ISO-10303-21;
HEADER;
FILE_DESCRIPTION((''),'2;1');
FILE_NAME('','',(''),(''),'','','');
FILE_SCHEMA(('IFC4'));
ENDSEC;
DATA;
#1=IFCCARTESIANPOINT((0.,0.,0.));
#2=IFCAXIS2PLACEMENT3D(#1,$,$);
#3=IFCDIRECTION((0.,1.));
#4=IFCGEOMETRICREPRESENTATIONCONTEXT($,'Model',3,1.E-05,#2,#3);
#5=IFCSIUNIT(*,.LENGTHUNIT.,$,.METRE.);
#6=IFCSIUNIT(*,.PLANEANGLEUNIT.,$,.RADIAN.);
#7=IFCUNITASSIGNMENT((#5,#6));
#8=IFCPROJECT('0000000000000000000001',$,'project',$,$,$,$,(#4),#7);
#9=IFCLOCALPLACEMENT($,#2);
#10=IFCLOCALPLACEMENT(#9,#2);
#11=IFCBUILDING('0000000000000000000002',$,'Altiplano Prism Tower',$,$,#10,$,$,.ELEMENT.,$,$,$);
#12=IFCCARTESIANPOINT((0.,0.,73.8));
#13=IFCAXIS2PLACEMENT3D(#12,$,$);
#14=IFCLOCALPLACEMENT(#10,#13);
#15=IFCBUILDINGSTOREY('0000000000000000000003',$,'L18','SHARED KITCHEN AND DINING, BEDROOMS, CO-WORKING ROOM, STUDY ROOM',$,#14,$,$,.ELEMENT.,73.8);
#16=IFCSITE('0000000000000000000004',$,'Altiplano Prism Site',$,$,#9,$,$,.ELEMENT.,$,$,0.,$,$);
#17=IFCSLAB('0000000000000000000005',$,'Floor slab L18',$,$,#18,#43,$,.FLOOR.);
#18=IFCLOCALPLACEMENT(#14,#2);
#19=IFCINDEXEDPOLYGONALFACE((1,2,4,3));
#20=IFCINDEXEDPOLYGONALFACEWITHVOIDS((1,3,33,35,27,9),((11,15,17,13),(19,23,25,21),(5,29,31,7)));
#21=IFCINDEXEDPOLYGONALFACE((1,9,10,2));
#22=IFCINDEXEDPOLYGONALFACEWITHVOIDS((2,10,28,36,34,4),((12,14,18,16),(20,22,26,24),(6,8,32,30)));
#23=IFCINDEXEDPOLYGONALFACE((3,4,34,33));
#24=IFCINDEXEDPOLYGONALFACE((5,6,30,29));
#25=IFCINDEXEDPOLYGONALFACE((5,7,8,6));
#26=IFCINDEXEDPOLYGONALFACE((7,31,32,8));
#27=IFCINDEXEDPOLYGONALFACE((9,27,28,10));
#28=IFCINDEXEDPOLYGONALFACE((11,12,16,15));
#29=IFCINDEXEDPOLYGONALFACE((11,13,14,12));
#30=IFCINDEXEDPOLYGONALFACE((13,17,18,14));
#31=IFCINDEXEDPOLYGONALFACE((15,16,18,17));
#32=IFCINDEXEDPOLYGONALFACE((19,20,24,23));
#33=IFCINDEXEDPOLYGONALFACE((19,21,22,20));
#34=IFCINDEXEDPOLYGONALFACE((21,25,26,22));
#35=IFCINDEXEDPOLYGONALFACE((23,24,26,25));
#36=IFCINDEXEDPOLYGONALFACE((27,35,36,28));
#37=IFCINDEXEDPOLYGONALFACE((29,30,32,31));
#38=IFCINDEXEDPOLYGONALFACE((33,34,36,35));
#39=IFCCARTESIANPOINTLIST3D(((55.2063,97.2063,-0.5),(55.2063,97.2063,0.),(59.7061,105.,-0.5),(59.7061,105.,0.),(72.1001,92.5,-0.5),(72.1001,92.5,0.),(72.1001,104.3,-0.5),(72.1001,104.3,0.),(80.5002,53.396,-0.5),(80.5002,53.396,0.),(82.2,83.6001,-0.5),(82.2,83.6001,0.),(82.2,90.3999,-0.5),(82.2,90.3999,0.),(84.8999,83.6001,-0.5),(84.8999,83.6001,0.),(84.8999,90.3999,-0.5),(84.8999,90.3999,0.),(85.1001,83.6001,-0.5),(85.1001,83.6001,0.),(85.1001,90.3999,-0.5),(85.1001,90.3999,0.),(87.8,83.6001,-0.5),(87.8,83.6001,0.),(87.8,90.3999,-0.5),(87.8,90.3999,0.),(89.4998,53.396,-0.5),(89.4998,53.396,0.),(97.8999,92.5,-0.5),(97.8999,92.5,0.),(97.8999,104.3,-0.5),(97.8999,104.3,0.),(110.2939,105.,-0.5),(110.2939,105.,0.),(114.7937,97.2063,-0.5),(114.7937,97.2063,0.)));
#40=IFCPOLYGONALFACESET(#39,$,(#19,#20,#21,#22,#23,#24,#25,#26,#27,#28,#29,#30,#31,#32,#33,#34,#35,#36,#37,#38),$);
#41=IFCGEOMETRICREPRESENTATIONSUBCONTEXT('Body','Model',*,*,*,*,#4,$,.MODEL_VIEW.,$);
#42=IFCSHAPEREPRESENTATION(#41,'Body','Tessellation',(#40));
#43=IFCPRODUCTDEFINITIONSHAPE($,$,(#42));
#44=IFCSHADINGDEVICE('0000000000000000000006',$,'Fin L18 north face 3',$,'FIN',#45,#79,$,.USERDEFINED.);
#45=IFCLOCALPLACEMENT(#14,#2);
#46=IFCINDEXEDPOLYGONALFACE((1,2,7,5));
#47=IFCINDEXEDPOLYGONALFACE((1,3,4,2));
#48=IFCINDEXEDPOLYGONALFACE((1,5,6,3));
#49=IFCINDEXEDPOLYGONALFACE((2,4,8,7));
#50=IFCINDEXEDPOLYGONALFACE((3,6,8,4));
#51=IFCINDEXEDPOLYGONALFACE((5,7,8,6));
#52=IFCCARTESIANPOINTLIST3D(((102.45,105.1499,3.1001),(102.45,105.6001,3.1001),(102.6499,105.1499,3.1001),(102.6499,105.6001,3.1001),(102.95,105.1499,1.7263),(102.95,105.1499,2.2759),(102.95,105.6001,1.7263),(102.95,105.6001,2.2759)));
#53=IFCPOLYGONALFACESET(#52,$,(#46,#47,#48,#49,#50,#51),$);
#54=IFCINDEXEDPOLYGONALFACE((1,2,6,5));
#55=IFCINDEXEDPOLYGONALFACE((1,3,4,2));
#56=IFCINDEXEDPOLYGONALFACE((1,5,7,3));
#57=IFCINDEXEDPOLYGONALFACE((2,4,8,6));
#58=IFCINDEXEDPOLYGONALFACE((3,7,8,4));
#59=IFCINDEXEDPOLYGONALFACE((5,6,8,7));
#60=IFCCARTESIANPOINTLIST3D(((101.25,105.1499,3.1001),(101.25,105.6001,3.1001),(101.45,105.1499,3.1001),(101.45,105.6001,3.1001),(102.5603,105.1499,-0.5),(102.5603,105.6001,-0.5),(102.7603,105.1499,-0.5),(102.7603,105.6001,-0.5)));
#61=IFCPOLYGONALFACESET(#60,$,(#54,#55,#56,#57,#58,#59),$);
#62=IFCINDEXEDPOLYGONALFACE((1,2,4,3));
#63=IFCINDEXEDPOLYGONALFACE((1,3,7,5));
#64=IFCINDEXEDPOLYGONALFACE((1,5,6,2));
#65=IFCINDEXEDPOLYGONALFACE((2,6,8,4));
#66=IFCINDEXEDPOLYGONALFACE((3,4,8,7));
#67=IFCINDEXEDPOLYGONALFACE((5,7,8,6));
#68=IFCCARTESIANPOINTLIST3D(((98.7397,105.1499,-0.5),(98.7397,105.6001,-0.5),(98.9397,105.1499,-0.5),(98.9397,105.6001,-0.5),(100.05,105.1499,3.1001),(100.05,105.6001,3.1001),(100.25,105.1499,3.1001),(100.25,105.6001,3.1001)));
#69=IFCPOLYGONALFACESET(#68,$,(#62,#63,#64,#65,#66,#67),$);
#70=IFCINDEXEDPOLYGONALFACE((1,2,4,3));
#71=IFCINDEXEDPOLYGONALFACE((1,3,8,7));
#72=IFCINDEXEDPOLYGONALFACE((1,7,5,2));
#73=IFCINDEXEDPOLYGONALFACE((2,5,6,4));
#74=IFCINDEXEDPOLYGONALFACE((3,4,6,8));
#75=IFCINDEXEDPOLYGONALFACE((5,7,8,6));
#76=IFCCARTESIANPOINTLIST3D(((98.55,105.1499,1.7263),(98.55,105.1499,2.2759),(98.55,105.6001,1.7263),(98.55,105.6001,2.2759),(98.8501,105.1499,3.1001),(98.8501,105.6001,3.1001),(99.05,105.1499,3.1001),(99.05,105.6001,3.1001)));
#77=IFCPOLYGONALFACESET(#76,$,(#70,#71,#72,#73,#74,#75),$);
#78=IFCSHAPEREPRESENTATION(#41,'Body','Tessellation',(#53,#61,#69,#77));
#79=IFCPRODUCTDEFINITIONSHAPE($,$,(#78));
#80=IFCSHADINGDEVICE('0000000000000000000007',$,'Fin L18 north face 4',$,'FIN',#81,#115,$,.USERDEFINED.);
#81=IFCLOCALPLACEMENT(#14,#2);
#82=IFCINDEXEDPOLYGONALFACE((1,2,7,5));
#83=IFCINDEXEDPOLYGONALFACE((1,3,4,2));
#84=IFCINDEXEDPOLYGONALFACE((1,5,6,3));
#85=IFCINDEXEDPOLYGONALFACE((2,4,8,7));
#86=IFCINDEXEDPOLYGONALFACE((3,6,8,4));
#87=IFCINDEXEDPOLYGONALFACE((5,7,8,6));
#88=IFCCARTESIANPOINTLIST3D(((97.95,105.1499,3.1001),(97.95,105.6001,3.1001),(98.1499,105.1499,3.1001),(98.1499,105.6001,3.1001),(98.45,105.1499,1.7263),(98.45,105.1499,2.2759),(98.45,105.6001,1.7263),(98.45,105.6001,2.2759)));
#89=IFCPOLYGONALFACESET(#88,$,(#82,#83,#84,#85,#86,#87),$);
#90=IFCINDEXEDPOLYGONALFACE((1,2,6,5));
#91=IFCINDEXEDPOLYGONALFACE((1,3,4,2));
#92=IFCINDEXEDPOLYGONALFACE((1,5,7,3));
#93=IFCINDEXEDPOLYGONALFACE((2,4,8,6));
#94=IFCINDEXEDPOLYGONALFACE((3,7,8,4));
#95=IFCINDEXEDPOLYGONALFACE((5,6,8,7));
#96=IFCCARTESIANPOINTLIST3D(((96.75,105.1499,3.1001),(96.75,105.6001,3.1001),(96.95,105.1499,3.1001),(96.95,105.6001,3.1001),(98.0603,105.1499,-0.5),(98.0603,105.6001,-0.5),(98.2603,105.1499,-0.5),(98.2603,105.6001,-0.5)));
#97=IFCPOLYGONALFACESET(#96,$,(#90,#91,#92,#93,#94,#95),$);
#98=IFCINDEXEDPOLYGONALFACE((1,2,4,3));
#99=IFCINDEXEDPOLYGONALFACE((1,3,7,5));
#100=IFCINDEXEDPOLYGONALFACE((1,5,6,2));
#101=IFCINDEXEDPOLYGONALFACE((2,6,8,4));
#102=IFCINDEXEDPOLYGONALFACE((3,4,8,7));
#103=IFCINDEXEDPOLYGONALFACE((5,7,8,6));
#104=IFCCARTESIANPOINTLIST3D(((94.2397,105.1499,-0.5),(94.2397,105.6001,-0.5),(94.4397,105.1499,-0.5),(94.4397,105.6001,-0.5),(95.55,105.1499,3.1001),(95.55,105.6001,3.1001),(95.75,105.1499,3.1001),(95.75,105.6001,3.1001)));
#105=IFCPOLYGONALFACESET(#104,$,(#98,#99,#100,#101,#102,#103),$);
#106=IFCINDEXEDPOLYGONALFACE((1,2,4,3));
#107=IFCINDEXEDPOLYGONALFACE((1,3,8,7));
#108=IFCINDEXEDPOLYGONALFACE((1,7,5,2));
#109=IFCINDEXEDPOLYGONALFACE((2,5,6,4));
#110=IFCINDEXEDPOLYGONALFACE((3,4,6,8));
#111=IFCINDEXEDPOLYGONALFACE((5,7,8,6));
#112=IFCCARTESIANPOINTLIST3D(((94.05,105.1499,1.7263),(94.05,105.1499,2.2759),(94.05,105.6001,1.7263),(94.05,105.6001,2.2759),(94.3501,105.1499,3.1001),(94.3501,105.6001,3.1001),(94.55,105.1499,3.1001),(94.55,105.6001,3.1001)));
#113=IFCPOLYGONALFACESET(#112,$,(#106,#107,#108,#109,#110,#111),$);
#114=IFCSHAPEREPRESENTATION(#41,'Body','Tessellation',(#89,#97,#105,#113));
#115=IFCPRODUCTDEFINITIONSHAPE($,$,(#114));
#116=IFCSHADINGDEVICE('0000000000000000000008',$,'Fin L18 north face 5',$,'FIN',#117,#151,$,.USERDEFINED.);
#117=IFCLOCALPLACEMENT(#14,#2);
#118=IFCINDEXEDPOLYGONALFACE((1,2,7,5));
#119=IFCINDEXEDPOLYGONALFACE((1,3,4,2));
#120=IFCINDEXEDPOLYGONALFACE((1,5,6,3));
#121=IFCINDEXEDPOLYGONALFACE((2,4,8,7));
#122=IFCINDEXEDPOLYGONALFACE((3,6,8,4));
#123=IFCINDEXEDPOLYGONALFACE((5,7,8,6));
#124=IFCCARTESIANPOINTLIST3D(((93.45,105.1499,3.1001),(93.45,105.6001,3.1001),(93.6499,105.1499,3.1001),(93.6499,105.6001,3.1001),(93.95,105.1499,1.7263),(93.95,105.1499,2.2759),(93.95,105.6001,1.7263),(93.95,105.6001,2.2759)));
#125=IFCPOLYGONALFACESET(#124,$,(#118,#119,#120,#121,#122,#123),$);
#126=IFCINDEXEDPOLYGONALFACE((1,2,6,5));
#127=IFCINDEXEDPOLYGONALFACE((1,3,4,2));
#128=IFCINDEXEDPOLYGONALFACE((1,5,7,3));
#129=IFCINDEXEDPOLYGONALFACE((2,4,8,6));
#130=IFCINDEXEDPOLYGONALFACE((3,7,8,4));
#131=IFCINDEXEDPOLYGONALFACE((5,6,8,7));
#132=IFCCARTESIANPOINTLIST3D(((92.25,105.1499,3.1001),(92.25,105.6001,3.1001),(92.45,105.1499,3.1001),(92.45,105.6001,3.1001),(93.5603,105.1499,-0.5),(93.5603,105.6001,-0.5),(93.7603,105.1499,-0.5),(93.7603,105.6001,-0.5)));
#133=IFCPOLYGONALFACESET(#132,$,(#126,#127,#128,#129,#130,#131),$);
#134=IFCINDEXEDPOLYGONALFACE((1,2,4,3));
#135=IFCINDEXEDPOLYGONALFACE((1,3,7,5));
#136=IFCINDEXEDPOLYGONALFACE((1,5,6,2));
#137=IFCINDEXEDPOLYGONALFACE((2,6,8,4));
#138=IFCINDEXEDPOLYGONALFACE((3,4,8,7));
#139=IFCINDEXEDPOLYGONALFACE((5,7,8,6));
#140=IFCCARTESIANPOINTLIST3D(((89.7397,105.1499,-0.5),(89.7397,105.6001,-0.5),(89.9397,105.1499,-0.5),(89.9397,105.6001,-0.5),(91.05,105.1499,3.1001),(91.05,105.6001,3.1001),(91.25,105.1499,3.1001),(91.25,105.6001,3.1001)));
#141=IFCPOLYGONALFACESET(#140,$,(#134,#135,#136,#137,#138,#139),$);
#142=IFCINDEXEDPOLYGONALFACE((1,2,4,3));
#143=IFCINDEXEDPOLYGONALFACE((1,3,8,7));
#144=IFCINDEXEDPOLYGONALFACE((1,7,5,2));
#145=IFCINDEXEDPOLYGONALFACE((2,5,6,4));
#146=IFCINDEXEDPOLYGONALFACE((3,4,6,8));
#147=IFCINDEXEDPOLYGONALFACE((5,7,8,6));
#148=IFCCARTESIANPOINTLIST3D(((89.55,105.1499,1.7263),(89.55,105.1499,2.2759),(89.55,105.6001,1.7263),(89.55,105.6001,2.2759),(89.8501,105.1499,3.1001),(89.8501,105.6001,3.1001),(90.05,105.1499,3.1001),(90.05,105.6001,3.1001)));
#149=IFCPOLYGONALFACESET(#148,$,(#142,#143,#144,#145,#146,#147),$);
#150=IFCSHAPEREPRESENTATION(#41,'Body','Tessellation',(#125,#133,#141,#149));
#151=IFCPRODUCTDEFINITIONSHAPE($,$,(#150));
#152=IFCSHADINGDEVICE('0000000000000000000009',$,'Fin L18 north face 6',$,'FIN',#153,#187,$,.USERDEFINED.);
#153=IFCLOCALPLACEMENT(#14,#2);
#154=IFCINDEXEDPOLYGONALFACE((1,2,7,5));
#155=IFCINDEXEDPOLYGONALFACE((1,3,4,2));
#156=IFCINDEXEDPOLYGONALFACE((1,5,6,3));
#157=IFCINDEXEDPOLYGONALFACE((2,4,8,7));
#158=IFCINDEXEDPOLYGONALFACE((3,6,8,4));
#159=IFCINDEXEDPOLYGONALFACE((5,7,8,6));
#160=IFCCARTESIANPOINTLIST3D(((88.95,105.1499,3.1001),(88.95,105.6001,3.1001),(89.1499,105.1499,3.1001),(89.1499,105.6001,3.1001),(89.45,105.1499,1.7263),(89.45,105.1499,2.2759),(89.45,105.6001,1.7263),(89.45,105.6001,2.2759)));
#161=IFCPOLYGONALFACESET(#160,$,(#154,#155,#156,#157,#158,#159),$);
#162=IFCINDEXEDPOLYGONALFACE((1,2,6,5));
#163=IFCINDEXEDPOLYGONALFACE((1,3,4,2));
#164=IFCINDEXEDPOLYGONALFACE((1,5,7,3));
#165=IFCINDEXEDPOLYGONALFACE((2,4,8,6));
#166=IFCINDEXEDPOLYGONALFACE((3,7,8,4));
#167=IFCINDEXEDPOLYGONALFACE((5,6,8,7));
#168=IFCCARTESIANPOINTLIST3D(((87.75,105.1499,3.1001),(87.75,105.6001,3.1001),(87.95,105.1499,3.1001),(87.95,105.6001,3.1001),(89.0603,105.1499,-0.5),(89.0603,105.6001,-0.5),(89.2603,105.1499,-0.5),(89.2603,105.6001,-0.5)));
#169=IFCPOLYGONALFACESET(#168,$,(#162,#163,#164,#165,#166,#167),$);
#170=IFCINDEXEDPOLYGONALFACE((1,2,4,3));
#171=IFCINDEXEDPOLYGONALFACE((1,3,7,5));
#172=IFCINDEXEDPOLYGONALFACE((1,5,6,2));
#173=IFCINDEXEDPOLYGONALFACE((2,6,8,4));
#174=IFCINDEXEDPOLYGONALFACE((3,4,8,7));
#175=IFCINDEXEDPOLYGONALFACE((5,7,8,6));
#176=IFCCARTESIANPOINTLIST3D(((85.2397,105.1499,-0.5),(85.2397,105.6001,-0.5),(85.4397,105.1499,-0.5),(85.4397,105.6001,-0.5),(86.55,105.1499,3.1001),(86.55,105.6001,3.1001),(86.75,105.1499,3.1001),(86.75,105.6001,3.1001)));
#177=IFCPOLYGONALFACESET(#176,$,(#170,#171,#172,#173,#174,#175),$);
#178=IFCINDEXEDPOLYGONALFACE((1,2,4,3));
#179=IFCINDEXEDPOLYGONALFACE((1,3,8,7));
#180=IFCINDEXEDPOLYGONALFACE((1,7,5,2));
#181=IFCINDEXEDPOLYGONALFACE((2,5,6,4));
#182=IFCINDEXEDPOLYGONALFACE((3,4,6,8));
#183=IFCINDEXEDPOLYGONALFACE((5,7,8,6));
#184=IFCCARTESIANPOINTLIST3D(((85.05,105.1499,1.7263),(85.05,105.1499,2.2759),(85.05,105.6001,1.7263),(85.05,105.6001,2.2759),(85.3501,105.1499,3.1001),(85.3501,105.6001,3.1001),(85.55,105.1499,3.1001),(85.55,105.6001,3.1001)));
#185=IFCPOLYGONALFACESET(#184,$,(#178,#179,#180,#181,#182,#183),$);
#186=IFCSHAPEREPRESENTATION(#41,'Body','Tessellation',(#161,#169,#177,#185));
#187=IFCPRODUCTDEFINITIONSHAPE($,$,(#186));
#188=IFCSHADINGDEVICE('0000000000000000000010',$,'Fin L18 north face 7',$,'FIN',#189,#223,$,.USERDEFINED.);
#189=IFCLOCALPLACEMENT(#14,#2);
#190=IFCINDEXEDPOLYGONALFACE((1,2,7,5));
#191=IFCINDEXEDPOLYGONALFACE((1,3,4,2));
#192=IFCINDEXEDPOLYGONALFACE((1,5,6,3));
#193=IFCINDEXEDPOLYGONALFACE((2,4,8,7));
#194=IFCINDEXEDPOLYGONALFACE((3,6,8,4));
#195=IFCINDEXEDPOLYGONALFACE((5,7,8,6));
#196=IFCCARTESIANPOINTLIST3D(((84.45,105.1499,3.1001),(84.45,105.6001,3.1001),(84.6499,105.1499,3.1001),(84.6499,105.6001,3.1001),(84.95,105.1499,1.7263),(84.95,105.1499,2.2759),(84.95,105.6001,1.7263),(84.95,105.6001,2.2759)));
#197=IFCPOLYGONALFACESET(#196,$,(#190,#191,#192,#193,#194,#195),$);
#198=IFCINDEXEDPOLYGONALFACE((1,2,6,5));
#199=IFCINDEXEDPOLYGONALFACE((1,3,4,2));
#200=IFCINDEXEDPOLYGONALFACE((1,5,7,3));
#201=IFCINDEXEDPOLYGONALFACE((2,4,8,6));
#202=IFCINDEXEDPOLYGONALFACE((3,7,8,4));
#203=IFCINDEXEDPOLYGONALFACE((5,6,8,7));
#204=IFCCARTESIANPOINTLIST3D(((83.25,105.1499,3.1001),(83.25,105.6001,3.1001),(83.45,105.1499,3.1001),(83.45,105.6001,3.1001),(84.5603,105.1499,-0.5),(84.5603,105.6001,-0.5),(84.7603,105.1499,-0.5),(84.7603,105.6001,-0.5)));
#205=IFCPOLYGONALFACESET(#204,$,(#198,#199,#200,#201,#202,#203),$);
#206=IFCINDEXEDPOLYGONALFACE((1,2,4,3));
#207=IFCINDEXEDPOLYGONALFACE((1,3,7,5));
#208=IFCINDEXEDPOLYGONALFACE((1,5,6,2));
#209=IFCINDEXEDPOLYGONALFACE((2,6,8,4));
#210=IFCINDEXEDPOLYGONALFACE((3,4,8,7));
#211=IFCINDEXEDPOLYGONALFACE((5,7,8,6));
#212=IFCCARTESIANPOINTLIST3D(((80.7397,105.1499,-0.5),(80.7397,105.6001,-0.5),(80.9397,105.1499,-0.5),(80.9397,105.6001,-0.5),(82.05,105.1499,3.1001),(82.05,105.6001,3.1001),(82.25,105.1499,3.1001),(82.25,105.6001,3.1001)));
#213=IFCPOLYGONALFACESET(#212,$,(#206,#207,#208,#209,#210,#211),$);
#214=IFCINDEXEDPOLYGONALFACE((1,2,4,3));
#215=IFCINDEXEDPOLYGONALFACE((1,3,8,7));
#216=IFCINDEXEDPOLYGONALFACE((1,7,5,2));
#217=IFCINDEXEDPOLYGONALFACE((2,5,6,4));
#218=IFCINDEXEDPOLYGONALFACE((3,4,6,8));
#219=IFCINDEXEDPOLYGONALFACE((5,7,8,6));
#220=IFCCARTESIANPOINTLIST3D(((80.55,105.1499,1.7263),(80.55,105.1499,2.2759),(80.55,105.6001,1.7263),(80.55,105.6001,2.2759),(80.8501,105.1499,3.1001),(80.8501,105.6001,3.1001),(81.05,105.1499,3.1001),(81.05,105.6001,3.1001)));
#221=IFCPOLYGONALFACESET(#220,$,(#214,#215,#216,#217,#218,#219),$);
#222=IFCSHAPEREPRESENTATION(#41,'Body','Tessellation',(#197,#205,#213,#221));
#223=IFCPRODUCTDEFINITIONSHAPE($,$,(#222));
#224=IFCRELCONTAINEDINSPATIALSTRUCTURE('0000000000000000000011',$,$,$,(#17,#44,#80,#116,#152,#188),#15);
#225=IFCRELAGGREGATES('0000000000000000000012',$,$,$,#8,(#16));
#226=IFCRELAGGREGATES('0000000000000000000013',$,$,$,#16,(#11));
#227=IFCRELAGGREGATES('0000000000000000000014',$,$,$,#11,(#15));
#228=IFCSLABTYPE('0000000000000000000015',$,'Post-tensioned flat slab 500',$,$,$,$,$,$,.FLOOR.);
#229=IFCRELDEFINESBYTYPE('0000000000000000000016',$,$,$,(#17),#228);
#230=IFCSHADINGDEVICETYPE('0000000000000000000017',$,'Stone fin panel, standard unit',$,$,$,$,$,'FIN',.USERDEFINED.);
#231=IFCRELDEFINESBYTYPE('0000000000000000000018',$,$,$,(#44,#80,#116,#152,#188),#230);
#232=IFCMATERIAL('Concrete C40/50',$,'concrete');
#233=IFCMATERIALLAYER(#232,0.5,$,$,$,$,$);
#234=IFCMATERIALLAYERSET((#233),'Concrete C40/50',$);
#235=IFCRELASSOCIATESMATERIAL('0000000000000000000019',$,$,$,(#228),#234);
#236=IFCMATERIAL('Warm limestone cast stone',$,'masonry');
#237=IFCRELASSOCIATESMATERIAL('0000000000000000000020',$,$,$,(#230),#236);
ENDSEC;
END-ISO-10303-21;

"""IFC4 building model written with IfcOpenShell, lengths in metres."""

from ifc_helpers import new_model, si_unit, direction, frame, origin, place, context, subcontext, project, spatial, polyline, outline, extrude, source, transform, mapped, material, layer, layer_set, type_object, element, save


model = new_model("IFC4")

# Units and contexts
model_context = context("Model", 3, precision=1e-05, world=origin(), true_north=direction((0.0, 1.0)))
body_context = subcontext(model_context, "Body", "Model", "MODEL_VIEW")
ifc_project = project(units=[si_unit("LENGTHUNIT", "METRE"), si_unit("PLANEANGLEUNIT", "RADIAN")], contexts=[model_context])

# Site, building, storey
site_placement = place(None, origin())
site = spatial("IfcSite", under=ifc_project, at=site_placement, Name="Altiplano Prism Site", CompositionType="ELEMENT", RefElevation=0.0)
building_placement = place(site_placement, origin())
building = spatial("IfcBuilding", under=site, at=building_placement, Name="Altiplano Prism Tower", CompositionType="ELEMENT")
storey_placement = place(building_placement, frame((0.0, 0.0, 73.8)))
storey = spatial("IfcBuildingStorey", under=building, at=storey_placement, Name="L18", Description="SHARED KITCHEN AND DINING, BEDROOMS, CO-WORKING ROOM, STUDY ROOM", CompositionType="ELEMENT", Elevation=73.8)

# Slab
ifc_material_1 = material(Name="Concrete C40/50", Category="concrete")
ifc_layer = layer(ifc_material_1, 0.5)
ifc_layer_set = layer_set([ifc_layer], Name="Concrete C40/50")
slab_type = type_object("IfcSlabType", Name="Post-tensioned flat slab 500", PredefinedType="FLOOR", material=ifc_layer_set)
slab_placement = place(storey_placement, frame((0.0, 0.0, -0.5)))
element("IfcSlab", 1, at=slab_placement, inside=storey, type_object=slab_type, Name="Floor slab L18", PredefinedType="FLOOR", context=body_context, shape_type="SweptSolid", body=[
    extrude(outline(polyline([(80.5002, 53.396), (55.2063, 97.2063), (59.7061, 105.0), (110.2939, 105.0), (114.7937, 97.2063), (89.4998, 53.396), (80.5002, 53.396)]), holes=[polyline([(72.1001, 104.3), (72.1001, 92.5), (97.8999, 92.5), (97.8999, 104.3), (72.1001, 104.3)]), polyline([(84.8999, 90.3999), (82.2, 90.3999), (82.2, 83.6001), (84.8999, 83.6001), (84.8999, 90.3999)]), polyline([(87.8, 83.6001), (87.8, 90.3999), (85.1001, 90.3999), (85.1001, 83.6001), (87.8, 83.6001)])]), origin(), (0.0, 0.0, 1.0), 0.5),
])

# Shading devices
ifc_material_2 = material(Name="Warm limestone cast stone", Category="masonry")
shading_device_type_1 = type_object("IfcShadingDeviceType", Name="Stone fin panel, standard unit", ElementType="FIN", PredefinedType="USERDEFINED", material=ifc_material_2)
shared_shape_1 = source(origin(), body_context, "Body", "SweptSolid", [
    extrude(outline(polyline([(-2.2, 2.2263), (-1.7, 3.6001), (-1.8999, 3.6001), (-2.2, 2.7759), (-2.2, 2.2263)])), frame((0.0, -0.1499, 0.0), z_axis=(0.0, -1.0, 0.0), x_axis=(1.0, 0.0, 0.0)), (0.0, 0.0, 1.0), 0.4502),
    extrude(outline(polyline([(-2.0103, 0.0), (-1.8103, 0.0), (-0.5, 3.6001), (-0.7, 3.6001), (-2.0103, 0.0)])), frame((0.0, -0.1499, 0.0), z_axis=(0.0, -1.0, 0.0), x_axis=(1.0, 0.0, 0.0)), (0.0, 0.0, 1.0), 0.4502),
    extrude(outline(polyline([(1.8103, 0.0), (2.0103, 0.0), (0.7, 3.6001), (0.5, 3.6001), (1.8103, 0.0)])), frame((0.0, -0.1499, 0.0), z_axis=(0.0, -1.0, 0.0), x_axis=(1.0, 0.0, 0.0)), (0.0, 0.0, 1.0), 0.4502),
    extrude(outline(polyline([(2.2, 2.7759), (1.8999, 3.6001), (1.7, 3.6001), (2.2, 2.2263), (2.2, 2.7759)])), frame((0.0, -0.1499, 0.0), z_axis=(0.0, -1.0, 0.0), x_axis=(1.0, 0.0, 0.0)), (0.0, 0.0, 1.0), 0.4502),
])
shading_device_1_placement = place(storey_placement, origin())
element("IfcShadingDevice", 2, at=shading_device_1_placement, inside=storey, type_object=shading_device_type_1, Name="Fin L18 north face 3", ObjectType="FIN", PredefinedType="USERDEFINED", context=body_context, shape_type="MappedRepresentation", body=[
    mapped(shared_shape_1, transform((100.75, 105.0, -0.5), x_axis=(-1.0, 0.0, 0.0), y_axis=(0.0, -1.0, 0.0), z_axis=(0.0, 0.0, 1.0))),
])
shading_device_2_placement = place(storey_placement, origin())
element("IfcShadingDevice", 3, at=shading_device_2_placement, inside=storey, type_object=shading_device_type_1, Name="Fin L18 north face 4", ObjectType="FIN", PredefinedType="USERDEFINED", context=body_context, shape_type="MappedRepresentation", body=[
    mapped(shared_shape_1, transform((96.25, 105.0, -0.5), x_axis=(-1.0, 0.0, 0.0), y_axis=(0.0, -1.0, 0.0), z_axis=(0.0, 0.0, 1.0))),
])
shading_device_3_placement = place(storey_placement, origin())
element("IfcShadingDevice", 4, at=shading_device_3_placement, inside=storey, type_object=shading_device_type_1, Name="Fin L18 north face 5", ObjectType="FIN", PredefinedType="USERDEFINED", context=body_context, shape_type="MappedRepresentation", body=[
    mapped(shared_shape_1, transform((91.75, 105.0, -0.5), x_axis=(-1.0, 0.0, 0.0), y_axis=(0.0, -1.0, 0.0), z_axis=(0.0, 0.0, 1.0))),
])
shading_device_4_placement = place(storey_placement, origin())
element("IfcShadingDevice", 5, at=shading_device_4_placement, inside=storey, type_object=shading_device_type_1, Name="Fin L18 north face 6", ObjectType="FIN", PredefinedType="USERDEFINED", context=body_context, shape_type="MappedRepresentation", body=[
    mapped(shared_shape_1, transform((87.25, 105.0, -0.5), x_axis=(-1.0, 0.0, 0.0), y_axis=(0.0, -1.0, 0.0), z_axis=(0.0, 0.0, 1.0))),
])
shading_device_5_placement = place(storey_placement, origin())
element("IfcShadingDevice", 6, at=shading_device_5_placement, inside=storey, type_object=shading_device_type_1, Name="Fin L18 north face 7", ObjectType="FIN", PredefinedType="USERDEFINED", context=body_context, shape_type="MappedRepresentation", body=[
    mapped(shared_shape_1, transform((82.75, 105.0, -0.5), x_axis=(-1.0, 0.0, 0.0), y_axis=(0.0, -1.0, 0.0), z_axis=(0.0, 0.0, 1.0))),
])

save(model, "model.ifc")
